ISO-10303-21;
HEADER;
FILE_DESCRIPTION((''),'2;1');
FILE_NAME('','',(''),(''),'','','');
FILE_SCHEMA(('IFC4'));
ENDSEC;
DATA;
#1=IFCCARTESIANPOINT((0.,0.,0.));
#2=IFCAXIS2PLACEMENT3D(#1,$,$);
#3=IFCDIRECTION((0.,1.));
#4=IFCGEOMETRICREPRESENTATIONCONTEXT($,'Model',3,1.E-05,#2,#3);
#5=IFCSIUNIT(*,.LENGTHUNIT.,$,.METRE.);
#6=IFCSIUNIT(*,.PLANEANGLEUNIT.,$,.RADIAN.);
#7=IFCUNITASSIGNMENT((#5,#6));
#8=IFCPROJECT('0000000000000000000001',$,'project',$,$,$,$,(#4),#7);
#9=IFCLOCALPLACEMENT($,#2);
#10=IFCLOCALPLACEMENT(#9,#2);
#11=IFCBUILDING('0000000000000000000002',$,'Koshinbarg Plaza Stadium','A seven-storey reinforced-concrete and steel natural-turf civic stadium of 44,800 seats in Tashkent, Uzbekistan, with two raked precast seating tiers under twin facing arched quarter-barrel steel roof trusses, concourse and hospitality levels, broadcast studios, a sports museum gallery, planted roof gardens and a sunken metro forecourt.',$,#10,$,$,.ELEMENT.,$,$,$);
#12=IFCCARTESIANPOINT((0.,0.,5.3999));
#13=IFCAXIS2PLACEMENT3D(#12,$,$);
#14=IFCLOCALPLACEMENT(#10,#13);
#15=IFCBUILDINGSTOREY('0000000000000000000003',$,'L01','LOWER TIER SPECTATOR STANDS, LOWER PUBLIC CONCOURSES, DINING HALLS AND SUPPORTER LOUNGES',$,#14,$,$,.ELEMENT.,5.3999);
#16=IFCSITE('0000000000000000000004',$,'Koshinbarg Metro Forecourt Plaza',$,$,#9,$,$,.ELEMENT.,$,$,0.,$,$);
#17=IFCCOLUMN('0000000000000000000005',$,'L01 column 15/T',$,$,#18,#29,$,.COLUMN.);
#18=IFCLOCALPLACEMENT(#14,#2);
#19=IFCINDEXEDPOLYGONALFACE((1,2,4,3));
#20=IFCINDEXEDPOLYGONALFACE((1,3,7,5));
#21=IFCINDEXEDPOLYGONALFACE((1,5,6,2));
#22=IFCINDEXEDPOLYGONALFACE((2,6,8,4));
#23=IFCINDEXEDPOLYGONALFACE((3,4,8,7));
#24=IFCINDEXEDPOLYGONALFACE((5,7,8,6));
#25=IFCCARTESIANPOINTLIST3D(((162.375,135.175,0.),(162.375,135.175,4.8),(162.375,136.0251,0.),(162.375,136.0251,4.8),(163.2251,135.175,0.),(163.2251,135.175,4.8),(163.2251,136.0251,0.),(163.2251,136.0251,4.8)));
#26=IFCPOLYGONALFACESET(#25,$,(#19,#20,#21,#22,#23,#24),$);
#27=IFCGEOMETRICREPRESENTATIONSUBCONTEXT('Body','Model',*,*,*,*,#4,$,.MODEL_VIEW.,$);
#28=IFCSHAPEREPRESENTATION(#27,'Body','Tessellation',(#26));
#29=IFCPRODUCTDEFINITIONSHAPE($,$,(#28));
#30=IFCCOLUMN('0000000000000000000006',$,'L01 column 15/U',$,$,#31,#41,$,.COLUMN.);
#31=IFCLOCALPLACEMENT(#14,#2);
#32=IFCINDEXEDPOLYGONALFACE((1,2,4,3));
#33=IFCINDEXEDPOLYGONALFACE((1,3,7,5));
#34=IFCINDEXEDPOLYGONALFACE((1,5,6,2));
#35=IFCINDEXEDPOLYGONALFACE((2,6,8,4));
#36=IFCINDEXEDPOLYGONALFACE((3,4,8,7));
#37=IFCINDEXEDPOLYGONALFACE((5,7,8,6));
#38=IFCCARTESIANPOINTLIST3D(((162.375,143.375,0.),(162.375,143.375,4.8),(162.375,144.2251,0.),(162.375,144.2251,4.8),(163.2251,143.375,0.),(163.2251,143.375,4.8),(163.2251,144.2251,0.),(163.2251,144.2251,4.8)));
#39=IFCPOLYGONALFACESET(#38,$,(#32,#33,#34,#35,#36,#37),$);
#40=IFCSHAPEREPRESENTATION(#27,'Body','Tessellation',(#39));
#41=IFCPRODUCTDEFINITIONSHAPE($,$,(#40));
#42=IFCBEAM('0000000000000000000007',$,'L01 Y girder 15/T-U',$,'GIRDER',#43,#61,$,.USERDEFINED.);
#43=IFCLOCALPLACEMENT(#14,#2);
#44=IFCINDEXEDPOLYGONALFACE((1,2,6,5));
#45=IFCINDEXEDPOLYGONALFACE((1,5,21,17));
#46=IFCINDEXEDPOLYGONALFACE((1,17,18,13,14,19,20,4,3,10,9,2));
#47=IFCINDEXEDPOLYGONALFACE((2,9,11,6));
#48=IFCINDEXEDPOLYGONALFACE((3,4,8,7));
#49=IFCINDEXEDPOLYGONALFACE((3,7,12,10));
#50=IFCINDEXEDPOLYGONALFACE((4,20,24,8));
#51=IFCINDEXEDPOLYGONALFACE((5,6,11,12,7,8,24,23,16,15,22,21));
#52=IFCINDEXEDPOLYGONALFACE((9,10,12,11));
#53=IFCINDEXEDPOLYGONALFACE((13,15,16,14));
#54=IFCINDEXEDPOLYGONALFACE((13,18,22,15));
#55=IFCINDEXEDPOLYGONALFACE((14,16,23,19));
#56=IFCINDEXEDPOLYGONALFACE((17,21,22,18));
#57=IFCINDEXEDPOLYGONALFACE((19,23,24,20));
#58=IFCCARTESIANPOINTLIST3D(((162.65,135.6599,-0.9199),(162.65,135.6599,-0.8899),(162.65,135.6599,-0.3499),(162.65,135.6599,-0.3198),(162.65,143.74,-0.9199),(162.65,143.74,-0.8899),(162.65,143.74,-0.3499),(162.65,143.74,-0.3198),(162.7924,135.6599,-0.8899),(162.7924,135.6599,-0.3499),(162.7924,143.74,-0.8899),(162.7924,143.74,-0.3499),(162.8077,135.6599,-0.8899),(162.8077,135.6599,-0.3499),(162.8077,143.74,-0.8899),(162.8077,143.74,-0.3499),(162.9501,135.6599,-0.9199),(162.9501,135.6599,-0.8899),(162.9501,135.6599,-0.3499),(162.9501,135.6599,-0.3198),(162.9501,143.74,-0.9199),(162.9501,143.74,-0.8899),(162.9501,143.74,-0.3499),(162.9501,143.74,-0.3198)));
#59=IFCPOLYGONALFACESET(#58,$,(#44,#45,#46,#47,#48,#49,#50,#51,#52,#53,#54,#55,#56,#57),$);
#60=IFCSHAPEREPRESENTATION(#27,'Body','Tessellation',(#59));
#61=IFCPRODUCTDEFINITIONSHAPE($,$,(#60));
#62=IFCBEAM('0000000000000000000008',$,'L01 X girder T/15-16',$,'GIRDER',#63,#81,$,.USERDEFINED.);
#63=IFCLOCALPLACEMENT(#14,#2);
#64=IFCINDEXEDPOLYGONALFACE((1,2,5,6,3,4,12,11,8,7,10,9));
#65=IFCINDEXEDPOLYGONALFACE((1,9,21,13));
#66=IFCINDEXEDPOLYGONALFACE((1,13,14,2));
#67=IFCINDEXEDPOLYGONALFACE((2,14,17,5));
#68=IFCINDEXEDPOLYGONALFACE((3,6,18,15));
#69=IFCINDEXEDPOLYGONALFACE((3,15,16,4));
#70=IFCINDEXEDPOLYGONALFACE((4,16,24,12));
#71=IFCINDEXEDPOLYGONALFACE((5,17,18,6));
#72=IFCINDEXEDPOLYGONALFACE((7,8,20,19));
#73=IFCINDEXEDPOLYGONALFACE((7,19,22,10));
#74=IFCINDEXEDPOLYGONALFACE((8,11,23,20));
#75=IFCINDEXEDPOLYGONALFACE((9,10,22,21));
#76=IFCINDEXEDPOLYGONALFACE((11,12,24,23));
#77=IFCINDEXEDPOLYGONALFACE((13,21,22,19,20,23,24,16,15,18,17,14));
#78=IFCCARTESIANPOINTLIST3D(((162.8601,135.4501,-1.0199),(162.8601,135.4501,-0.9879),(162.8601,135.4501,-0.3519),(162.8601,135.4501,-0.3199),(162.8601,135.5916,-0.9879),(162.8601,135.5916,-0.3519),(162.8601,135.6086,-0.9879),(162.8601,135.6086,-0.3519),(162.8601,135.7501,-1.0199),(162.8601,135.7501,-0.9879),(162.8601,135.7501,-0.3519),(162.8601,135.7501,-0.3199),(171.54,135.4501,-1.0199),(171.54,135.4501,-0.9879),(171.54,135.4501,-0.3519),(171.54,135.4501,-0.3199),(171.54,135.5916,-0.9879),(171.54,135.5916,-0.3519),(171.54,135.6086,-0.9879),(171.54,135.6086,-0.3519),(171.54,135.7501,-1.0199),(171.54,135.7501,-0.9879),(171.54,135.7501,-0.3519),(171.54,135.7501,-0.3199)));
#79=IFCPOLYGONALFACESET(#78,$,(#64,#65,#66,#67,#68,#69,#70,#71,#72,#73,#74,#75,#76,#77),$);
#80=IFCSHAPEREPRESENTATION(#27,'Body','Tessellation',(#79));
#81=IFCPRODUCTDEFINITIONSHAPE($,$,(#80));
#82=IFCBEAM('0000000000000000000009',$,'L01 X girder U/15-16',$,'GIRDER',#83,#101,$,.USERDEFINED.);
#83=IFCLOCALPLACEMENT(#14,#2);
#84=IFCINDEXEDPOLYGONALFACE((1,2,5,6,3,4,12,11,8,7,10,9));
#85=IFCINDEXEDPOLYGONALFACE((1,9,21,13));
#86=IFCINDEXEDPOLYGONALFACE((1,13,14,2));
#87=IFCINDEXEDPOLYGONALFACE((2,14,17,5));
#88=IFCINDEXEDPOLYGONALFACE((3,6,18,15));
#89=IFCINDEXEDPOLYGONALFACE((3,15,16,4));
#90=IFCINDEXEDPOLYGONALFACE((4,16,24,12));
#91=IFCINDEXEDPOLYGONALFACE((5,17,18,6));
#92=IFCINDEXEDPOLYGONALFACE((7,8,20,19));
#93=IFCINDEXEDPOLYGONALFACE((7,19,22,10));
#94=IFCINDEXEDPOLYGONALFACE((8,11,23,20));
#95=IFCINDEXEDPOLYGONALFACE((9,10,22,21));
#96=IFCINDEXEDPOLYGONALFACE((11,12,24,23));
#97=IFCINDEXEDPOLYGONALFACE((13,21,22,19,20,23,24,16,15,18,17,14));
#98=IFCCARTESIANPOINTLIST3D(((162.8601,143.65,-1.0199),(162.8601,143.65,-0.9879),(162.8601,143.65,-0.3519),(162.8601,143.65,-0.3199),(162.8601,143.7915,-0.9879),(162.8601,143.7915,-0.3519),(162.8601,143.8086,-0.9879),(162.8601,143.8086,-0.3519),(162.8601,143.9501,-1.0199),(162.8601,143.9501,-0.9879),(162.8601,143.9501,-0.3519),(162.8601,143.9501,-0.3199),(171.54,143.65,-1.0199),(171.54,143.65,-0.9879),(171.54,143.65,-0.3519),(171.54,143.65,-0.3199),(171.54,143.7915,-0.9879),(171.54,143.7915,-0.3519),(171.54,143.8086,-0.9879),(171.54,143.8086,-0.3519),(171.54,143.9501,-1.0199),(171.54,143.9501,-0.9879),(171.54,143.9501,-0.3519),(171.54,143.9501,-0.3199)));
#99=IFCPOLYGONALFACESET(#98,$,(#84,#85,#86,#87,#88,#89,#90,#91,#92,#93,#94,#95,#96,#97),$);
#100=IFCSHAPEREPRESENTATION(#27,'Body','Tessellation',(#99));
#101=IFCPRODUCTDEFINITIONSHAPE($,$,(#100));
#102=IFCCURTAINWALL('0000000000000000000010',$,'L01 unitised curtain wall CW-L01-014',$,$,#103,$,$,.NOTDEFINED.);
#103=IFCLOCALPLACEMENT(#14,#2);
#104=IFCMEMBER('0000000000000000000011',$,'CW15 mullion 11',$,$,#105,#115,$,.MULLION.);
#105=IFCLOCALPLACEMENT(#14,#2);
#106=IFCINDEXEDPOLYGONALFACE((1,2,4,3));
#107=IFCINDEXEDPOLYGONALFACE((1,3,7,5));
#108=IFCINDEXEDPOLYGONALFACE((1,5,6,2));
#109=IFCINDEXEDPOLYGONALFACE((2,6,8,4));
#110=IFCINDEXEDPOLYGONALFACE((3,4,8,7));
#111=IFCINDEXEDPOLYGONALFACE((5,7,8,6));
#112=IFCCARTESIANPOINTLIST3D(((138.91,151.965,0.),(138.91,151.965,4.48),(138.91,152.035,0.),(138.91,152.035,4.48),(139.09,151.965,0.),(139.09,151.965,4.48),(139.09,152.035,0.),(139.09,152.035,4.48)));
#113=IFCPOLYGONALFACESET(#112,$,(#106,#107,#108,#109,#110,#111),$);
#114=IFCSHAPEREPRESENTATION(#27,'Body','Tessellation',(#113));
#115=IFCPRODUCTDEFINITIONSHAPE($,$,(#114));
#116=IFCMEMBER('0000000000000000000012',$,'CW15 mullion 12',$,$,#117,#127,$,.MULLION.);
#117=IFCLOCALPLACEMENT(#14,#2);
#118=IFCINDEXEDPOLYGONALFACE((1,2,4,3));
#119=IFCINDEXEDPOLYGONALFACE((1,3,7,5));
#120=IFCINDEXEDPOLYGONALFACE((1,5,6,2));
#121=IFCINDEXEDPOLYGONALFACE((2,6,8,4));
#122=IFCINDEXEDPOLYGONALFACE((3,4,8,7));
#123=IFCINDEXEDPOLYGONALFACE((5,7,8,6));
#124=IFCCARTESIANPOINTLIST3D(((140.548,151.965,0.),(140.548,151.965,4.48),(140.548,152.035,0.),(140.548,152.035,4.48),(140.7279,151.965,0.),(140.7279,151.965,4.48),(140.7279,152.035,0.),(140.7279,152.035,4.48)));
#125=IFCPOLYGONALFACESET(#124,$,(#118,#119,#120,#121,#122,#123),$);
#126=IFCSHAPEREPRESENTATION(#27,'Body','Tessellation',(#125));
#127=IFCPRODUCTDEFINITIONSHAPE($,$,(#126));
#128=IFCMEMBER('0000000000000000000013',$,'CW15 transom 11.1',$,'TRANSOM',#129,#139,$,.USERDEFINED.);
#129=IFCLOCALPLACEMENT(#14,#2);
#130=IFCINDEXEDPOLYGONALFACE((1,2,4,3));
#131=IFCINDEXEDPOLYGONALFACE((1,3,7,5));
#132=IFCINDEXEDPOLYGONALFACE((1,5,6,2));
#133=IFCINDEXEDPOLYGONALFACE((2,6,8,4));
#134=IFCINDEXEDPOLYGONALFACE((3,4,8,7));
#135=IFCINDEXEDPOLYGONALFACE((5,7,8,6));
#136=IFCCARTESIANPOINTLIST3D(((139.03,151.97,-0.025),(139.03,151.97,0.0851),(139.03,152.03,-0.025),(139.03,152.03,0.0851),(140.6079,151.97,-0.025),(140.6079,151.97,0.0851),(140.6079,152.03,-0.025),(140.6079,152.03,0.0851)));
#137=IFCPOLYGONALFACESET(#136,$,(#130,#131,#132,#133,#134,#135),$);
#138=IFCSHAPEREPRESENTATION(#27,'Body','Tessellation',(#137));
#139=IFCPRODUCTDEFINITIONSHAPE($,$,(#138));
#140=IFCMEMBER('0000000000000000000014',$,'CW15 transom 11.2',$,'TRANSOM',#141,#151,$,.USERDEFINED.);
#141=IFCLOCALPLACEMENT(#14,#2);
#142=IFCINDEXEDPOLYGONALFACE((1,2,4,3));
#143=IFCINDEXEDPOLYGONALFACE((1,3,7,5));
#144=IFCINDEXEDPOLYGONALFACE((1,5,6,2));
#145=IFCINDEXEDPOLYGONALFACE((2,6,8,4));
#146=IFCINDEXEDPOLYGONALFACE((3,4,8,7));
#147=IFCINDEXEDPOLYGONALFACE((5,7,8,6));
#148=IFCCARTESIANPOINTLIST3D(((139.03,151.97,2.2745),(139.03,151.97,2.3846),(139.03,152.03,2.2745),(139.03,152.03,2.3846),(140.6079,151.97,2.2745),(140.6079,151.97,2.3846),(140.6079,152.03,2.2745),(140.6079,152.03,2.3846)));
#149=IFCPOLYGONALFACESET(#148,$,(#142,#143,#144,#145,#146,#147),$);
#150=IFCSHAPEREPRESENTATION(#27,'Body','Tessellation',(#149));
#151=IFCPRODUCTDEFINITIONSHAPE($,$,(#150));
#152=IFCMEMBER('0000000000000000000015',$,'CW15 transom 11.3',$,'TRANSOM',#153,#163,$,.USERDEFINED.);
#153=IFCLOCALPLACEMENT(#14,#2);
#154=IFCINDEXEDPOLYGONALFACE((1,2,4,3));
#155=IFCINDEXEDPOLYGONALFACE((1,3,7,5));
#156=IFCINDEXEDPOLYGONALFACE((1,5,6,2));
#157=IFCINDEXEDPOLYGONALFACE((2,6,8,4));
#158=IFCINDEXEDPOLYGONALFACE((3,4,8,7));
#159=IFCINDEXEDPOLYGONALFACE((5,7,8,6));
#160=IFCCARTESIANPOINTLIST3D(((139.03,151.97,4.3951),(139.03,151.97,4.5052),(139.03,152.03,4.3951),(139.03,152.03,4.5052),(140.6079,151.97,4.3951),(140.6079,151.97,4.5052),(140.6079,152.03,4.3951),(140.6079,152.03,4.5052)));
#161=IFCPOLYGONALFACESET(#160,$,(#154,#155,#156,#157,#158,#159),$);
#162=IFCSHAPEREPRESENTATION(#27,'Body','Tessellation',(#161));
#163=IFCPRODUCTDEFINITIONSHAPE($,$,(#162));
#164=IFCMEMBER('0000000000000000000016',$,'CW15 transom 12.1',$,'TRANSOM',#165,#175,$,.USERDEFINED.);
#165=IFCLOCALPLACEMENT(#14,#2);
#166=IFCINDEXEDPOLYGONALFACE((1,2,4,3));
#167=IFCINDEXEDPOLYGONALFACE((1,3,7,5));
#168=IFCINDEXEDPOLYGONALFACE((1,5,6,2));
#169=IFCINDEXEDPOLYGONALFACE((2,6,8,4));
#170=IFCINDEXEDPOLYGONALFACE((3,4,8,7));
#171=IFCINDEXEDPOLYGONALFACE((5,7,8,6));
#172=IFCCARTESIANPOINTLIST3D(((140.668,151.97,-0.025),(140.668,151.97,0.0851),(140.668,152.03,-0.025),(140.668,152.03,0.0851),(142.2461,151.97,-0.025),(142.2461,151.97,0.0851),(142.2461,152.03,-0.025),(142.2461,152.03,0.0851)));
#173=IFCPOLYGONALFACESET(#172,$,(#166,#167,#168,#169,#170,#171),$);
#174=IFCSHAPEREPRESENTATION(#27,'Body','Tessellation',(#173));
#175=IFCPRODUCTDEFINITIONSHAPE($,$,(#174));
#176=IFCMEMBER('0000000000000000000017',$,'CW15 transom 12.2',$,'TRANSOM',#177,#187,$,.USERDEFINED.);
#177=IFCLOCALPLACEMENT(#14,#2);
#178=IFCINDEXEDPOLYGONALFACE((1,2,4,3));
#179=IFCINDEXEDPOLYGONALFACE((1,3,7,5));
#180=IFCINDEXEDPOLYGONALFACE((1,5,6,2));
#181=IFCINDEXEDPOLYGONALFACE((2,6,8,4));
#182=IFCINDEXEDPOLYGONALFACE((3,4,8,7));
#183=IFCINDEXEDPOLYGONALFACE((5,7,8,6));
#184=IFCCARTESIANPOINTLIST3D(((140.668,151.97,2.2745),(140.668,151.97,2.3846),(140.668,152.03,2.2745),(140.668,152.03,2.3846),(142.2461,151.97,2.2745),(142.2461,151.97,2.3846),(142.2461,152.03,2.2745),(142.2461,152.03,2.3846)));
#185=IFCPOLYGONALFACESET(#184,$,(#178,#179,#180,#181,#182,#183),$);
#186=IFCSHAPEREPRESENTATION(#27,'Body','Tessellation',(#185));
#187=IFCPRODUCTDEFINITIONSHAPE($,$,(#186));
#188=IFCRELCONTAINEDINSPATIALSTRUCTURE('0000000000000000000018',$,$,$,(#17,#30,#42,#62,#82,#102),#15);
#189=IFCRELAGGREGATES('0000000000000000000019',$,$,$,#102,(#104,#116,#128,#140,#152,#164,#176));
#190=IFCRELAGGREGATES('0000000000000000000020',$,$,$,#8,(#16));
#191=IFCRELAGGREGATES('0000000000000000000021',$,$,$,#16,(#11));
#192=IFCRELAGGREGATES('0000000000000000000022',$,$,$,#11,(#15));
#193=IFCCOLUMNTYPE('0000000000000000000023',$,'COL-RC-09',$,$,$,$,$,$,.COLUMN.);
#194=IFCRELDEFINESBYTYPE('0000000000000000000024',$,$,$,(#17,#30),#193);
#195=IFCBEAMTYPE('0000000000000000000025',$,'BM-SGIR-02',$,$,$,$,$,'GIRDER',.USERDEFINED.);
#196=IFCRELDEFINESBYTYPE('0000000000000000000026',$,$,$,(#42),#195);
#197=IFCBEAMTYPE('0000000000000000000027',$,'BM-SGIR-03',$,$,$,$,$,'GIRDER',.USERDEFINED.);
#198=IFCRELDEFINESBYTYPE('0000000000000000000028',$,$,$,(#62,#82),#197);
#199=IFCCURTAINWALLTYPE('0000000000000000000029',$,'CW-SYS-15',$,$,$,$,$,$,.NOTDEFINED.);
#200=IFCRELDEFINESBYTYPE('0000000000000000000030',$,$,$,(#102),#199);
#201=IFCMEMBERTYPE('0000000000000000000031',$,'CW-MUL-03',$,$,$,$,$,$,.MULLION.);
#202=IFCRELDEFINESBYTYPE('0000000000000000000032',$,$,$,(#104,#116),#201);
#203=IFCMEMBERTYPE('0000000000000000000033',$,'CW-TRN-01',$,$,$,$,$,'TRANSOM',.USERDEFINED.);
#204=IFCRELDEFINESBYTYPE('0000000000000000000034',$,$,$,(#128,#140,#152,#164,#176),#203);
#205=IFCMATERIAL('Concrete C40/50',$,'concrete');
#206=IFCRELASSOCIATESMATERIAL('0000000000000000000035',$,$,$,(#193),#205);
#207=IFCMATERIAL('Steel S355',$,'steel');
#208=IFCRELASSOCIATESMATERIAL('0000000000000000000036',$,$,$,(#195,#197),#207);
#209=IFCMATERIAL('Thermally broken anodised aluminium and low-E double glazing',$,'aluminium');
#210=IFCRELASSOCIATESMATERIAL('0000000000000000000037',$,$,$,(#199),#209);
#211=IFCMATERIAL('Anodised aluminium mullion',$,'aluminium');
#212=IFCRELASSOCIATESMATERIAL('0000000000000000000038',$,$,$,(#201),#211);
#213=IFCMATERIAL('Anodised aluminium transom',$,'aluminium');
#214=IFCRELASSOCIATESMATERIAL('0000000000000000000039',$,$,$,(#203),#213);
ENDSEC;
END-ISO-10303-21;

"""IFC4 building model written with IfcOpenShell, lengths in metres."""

from ifc_helpers import new_model, si_unit, direction, frame, origin, origin_2d, place, context, subcontext, project, spatial, rectangle, i_section, extrude, material, material_profile, profile_set, type_object, element, aggregate, save


model = new_model("IFC4")

# Units and contexts
model_context = context("Model", 3, precision=1e-05, world=origin(), true_north=direction((0.0, 1.0)))
body_context = subcontext(model_context, "Body", "Model", "MODEL_VIEW")
ifc_project = project(units=[si_unit("LENGTHUNIT", "METRE"), si_unit("PLANEANGLEUNIT", "RADIAN")], contexts=[model_context])

# Site, building, storey
site_placement = place(None, origin())
site = spatial("IfcSite", under=ifc_project, at=site_placement, Name="Koshinbarg Metro Forecourt Plaza", CompositionType="ELEMENT", RefElevation=0.0)
building_placement = place(site_placement, origin())
building = spatial("IfcBuilding", under=site, at=building_placement, Name="Koshinbarg Plaza Stadium", Description="A seven-storey reinforced-concrete and steel natural-turf civic stadium of 44,800 seats in Tashkent, Uzbekistan, with two raked precast seating tiers under twin facing arched quarter-barrel steel roof trusses, concourse and hospitality levels, broadcast studios, a sports museum gallery, planted roof gardens and a sunken metro forecourt.", CompositionType="ELEMENT")
storey_placement = place(building_placement, frame((0.0, 0.0, 5.3999)))
storey = spatial("IfcBuildingStorey", under=building, at=storey_placement, Name="L01", Description="LOWER TIER SPECTATOR STANDS, LOWER PUBLIC CONCOURSES, DINING HALLS AND SUPPORTER LOUNGES", CompositionType="ELEMENT", Elevation=5.3999)

# Columns
ifc_material_1 = material(Name="Concrete C40/50", Category="concrete")
ifc_material_profile_1 = material_profile(ifc_material_1, rectangle(XDim=0.8501, YDim=0.8501, at=origin_2d()), Name="RC 850x850")
ifc_profile_set_1 = profile_set([ifc_material_profile_1], Name="Concrete C40/50")
column_type = type_object("IfcColumnType", Name="COL-RC-09", PredefinedType="COLUMN", material=ifc_profile_set_1)
for number, where, z_axis, x_axis, name in (
    (1, (162.8, 135.6001, 0.0), (0.0, 0.0, 1.0), (1.0, 0.0, 0.0), "L01 column 15/T"),
    (2, (162.8, 143.8, 0.0), (0.0, 0.0, 1.0), (1.0, 0.0, 0.0), "L01 column 15/U"),
):
    element("IfcColumn", number, at=place(storey_placement, frame(where, z_axis=z_axis, x_axis=x_axis)), inside=storey, type_object=column_type, Name=name, PredefinedType="COLUMN", context=body_context, shape_type="SweptSolid", body=[
        extrude(rectangle(XDim=0.8501, YDim=0.8501, at=origin_2d()), origin(), (0.0, 0.0, 1.0), 4.8),
    ])

# Beams
ifc_material_2 = material(Name="Steel S355", Category="steel")
ifc_material_profile_2 = material_profile(ifc_material_2, i_section(OverallWidth=0.3, OverallDepth=0.6001, WebThickness=0.0154, FlangeThickness=0.03, at=origin_2d()), Name="HEB 600")
ifc_profile_set_2 = profile_set([ifc_material_profile_2], Name="Steel S355")
beam_type_1 = type_object("IfcBeamType", Name="BM-SGIR-02", ElementType="GIRDER", PredefinedType="USERDEFINED", material=ifc_profile_set_2)
beam_placement = place(storey_placement, frame((162.8, 135.6599, -0.6199), z_axis=(0.0, 1.0, 0.0), x_axis=(-1.0, 0.0, 0.0)))
element("IfcBeam", 3, at=beam_placement, inside=storey, type_object=beam_type_1, Name="L01 Y girder 15/T-U", ObjectType="GIRDER", PredefinedType="USERDEFINED", context=body_context, shape_type="SweptSolid", body=[
    extrude(i_section(OverallWidth=0.3, OverallDepth=0.6001, WebThickness=0.0154, FlangeThickness=0.03, at=origin_2d()), origin(), (0.0, 0.0, 1.0), 8.0801),
])
ifc_material_profile_3 = material_profile(ifc_material_2, i_section(OverallWidth=0.3, OverallDepth=0.7, WebThickness=0.0171, FlangeThickness=0.032, at=origin_2d()), Name="HEB 700")
ifc_profile_set_3 = profile_set([ifc_material_profile_3], Name="Steel S355")
beam_type_2 = type_object("IfcBeamType", Name="BM-SGIR-03", ElementType="GIRDER", PredefinedType="USERDEFINED", material=ifc_profile_set_3)
for number, where, z_axis, x_axis, name in (
    (4, (162.8601, 135.6001, -0.6699), (1.0, 0.0, 0.0), (0.0, 1.0, 0.0), "L01 X girder T/15-16"),
    (5, (162.8601, 143.8, -0.6699), (1.0, 0.0, 0.0), (0.0, 1.0, 0.0), "L01 X girder U/15-16"),
):
    element("IfcBeam", number, at=place(storey_placement, frame(where, z_axis=z_axis, x_axis=x_axis)), inside=storey, type_object=beam_type_2, Name=name, ObjectType="GIRDER", PredefinedType="USERDEFINED", context=body_context, shape_type="SweptSolid", body=[
        extrude(i_section(OverallWidth=0.3, OverallDepth=0.7, WebThickness=0.0171, FlangeThickness=0.032, at=origin_2d()), origin(), (0.0, 0.0, 1.0), 8.6799),
    ])

# Curtain wall, members
ifc_material_3 = material(Name="Thermally broken anodised aluminium and low-E double glazing", Category="aluminium")
curtain_wall_type = type_object("IfcCurtainWallType", Name="CW-SYS-15", PredefinedType="NOTDEFINED", material=ifc_material_3)
curtain_wall_placement = place(storey_placement, origin())
curtain_wall = element("IfcCurtainWall", 6, at=curtain_wall_placement, inside=storey, type_object=curtain_wall_type, Name="L01 unitised curtain wall CW-L01-014", PredefinedType="NOTDEFINED")
ifc_material_4 = material(Name="Anodised aluminium mullion", Category="aluminium")
ifc_material_profile_4 = material_profile(ifc_material_4, rectangle(XDim=0.0701, YDim=0.1799, at=origin_2d()), Name="ALU 70x180")
ifc_profile_set_4 = profile_set([ifc_material_profile_4], Name="Anodised aluminium mullion")
member_type_1 = type_object("IfcMemberType", Name="CW-MUL-03", PredefinedType="MULLION", material=ifc_profile_set_4)
member_1_placement = place(storey_placement, frame((139.0, 152.0, 0.0), z_axis=(0.0, 0.0, 1.0), x_axis=(0.0, 1.0, 0.0)))
member_1 = element("IfcMember", 7, at=member_1_placement, type_object=member_type_1, Name="CW15 mullion 11", PredefinedType="MULLION", context=body_context, shape_type="SweptSolid", body=[
    extrude(rectangle(XDim=0.0701, YDim=0.1799, at=origin_2d()), origin(), (0.0, 0.0, 1.0), 4.48),
])
member_2_placement = place(storey_placement, frame((140.6379, 152.0, 0.0), z_axis=(0.0, 0.0, 1.0), x_axis=(0.0, 1.0, 0.0)))
member_2 = element("IfcMember", 8, at=member_2_placement, type_object=member_type_1, Name="CW15 mullion 12", PredefinedType="MULLION", context=body_context, shape_type="SweptSolid", body=[
    extrude(rectangle(XDim=0.0701, YDim=0.1799, at=origin_2d()), origin(), (0.0, 0.0, 1.0), 4.48),
])
ifc_material_5 = material(Name="Anodised aluminium transom", Category="aluminium")
ifc_material_profile_5 = material_profile(ifc_material_5, rectangle(XDim=0.0601, YDim=0.1101, at=origin_2d()), Name="ALU 60x110")
ifc_profile_set_5 = profile_set([ifc_material_profile_5], Name="Anodised aluminium transom")
member_type_2 = type_object("IfcMemberType", Name="CW-TRN-01", ElementType="TRANSOM", PredefinedType="USERDEFINED", material=ifc_profile_set_5)
member_3_placement = place(storey_placement, frame((139.03, 152.0, 0.03), z_axis=(1.0, 0.0, 0.0), x_axis=(0.0, 1.0, 0.0)))
member_3 = element("IfcMember", 9, at=member_3_placement, type_object=member_type_2, Name="CW15 transom 11.1", ObjectType="TRANSOM", PredefinedType="USERDEFINED", context=body_context, shape_type="SweptSolid", body=[
    extrude(rectangle(XDim=0.0601, YDim=0.1101, at=origin_2d()), origin(), (0.0, 0.0, 1.0), 1.5779),
])
member_4_placement = place(storey_placement, frame((139.03, 152.0, 2.3296), z_axis=(1.0, 0.0, 0.0), x_axis=(0.0, 1.0, 0.0)))
member_4 = element("IfcMember", 10, at=member_4_placement, type_object=member_type_2, Name="CW15 transom 11.2", ObjectType="TRANSOM", PredefinedType="USERDEFINED", context=body_context, shape_type="SweptSolid", body=[
    extrude(rectangle(XDim=0.0601, YDim=0.1101, at=origin_2d()), origin(), (0.0, 0.0, 1.0), 1.5779),
])
member_5_placement = place(storey_placement, frame((139.03, 152.0, 4.4502), z_axis=(1.0, 0.0, 0.0), x_axis=(0.0, 1.0, 0.0)))
member_5 = element("IfcMember", 11, at=member_5_placement, type_object=member_type_2, Name="CW15 transom 11.3", ObjectType="TRANSOM", PredefinedType="USERDEFINED", context=body_context, shape_type="SweptSolid", body=[
    extrude(rectangle(XDim=0.0601, YDim=0.1101, at=origin_2d()), origin(), (0.0, 0.0, 1.0), 1.5779),
])
member_6_placement = place(storey_placement, frame((140.668, 152.0, 0.03), z_axis=(1.0, 0.0, 0.0), x_axis=(0.0, 1.0, 0.0)))
member_6 = element("IfcMember", 12, at=member_6_placement, type_object=member_type_2, Name="CW15 transom 12.1", ObjectType="TRANSOM", PredefinedType="USERDEFINED", context=body_context, shape_type="SweptSolid", body=[
    extrude(rectangle(XDim=0.0601, YDim=0.1101, at=origin_2d()), origin(), (0.0, 0.0, 1.0), 1.5781),
])
member_7_placement = place(storey_placement, frame((140.668, 152.0, 2.3296), z_axis=(1.0, 0.0, 0.0), x_axis=(0.0, 1.0, 0.0)))
member_7 = element("IfcMember", 13, at=member_7_placement, type_object=member_type_2, Name="CW15 transom 12.2", ObjectType="TRANSOM", PredefinedType="USERDEFINED", context=body_context, shape_type="SweptSolid", body=[
    extrude(rectangle(XDim=0.0601, YDim=0.1101, at=origin_2d()), origin(), (0.0, 0.0, 1.0), 1.5781),
])
aggregate(curtain_wall, [member_1, member_2, member_3, member_4, member_5, member_6, member_7])

save(model, "model.ifc")
